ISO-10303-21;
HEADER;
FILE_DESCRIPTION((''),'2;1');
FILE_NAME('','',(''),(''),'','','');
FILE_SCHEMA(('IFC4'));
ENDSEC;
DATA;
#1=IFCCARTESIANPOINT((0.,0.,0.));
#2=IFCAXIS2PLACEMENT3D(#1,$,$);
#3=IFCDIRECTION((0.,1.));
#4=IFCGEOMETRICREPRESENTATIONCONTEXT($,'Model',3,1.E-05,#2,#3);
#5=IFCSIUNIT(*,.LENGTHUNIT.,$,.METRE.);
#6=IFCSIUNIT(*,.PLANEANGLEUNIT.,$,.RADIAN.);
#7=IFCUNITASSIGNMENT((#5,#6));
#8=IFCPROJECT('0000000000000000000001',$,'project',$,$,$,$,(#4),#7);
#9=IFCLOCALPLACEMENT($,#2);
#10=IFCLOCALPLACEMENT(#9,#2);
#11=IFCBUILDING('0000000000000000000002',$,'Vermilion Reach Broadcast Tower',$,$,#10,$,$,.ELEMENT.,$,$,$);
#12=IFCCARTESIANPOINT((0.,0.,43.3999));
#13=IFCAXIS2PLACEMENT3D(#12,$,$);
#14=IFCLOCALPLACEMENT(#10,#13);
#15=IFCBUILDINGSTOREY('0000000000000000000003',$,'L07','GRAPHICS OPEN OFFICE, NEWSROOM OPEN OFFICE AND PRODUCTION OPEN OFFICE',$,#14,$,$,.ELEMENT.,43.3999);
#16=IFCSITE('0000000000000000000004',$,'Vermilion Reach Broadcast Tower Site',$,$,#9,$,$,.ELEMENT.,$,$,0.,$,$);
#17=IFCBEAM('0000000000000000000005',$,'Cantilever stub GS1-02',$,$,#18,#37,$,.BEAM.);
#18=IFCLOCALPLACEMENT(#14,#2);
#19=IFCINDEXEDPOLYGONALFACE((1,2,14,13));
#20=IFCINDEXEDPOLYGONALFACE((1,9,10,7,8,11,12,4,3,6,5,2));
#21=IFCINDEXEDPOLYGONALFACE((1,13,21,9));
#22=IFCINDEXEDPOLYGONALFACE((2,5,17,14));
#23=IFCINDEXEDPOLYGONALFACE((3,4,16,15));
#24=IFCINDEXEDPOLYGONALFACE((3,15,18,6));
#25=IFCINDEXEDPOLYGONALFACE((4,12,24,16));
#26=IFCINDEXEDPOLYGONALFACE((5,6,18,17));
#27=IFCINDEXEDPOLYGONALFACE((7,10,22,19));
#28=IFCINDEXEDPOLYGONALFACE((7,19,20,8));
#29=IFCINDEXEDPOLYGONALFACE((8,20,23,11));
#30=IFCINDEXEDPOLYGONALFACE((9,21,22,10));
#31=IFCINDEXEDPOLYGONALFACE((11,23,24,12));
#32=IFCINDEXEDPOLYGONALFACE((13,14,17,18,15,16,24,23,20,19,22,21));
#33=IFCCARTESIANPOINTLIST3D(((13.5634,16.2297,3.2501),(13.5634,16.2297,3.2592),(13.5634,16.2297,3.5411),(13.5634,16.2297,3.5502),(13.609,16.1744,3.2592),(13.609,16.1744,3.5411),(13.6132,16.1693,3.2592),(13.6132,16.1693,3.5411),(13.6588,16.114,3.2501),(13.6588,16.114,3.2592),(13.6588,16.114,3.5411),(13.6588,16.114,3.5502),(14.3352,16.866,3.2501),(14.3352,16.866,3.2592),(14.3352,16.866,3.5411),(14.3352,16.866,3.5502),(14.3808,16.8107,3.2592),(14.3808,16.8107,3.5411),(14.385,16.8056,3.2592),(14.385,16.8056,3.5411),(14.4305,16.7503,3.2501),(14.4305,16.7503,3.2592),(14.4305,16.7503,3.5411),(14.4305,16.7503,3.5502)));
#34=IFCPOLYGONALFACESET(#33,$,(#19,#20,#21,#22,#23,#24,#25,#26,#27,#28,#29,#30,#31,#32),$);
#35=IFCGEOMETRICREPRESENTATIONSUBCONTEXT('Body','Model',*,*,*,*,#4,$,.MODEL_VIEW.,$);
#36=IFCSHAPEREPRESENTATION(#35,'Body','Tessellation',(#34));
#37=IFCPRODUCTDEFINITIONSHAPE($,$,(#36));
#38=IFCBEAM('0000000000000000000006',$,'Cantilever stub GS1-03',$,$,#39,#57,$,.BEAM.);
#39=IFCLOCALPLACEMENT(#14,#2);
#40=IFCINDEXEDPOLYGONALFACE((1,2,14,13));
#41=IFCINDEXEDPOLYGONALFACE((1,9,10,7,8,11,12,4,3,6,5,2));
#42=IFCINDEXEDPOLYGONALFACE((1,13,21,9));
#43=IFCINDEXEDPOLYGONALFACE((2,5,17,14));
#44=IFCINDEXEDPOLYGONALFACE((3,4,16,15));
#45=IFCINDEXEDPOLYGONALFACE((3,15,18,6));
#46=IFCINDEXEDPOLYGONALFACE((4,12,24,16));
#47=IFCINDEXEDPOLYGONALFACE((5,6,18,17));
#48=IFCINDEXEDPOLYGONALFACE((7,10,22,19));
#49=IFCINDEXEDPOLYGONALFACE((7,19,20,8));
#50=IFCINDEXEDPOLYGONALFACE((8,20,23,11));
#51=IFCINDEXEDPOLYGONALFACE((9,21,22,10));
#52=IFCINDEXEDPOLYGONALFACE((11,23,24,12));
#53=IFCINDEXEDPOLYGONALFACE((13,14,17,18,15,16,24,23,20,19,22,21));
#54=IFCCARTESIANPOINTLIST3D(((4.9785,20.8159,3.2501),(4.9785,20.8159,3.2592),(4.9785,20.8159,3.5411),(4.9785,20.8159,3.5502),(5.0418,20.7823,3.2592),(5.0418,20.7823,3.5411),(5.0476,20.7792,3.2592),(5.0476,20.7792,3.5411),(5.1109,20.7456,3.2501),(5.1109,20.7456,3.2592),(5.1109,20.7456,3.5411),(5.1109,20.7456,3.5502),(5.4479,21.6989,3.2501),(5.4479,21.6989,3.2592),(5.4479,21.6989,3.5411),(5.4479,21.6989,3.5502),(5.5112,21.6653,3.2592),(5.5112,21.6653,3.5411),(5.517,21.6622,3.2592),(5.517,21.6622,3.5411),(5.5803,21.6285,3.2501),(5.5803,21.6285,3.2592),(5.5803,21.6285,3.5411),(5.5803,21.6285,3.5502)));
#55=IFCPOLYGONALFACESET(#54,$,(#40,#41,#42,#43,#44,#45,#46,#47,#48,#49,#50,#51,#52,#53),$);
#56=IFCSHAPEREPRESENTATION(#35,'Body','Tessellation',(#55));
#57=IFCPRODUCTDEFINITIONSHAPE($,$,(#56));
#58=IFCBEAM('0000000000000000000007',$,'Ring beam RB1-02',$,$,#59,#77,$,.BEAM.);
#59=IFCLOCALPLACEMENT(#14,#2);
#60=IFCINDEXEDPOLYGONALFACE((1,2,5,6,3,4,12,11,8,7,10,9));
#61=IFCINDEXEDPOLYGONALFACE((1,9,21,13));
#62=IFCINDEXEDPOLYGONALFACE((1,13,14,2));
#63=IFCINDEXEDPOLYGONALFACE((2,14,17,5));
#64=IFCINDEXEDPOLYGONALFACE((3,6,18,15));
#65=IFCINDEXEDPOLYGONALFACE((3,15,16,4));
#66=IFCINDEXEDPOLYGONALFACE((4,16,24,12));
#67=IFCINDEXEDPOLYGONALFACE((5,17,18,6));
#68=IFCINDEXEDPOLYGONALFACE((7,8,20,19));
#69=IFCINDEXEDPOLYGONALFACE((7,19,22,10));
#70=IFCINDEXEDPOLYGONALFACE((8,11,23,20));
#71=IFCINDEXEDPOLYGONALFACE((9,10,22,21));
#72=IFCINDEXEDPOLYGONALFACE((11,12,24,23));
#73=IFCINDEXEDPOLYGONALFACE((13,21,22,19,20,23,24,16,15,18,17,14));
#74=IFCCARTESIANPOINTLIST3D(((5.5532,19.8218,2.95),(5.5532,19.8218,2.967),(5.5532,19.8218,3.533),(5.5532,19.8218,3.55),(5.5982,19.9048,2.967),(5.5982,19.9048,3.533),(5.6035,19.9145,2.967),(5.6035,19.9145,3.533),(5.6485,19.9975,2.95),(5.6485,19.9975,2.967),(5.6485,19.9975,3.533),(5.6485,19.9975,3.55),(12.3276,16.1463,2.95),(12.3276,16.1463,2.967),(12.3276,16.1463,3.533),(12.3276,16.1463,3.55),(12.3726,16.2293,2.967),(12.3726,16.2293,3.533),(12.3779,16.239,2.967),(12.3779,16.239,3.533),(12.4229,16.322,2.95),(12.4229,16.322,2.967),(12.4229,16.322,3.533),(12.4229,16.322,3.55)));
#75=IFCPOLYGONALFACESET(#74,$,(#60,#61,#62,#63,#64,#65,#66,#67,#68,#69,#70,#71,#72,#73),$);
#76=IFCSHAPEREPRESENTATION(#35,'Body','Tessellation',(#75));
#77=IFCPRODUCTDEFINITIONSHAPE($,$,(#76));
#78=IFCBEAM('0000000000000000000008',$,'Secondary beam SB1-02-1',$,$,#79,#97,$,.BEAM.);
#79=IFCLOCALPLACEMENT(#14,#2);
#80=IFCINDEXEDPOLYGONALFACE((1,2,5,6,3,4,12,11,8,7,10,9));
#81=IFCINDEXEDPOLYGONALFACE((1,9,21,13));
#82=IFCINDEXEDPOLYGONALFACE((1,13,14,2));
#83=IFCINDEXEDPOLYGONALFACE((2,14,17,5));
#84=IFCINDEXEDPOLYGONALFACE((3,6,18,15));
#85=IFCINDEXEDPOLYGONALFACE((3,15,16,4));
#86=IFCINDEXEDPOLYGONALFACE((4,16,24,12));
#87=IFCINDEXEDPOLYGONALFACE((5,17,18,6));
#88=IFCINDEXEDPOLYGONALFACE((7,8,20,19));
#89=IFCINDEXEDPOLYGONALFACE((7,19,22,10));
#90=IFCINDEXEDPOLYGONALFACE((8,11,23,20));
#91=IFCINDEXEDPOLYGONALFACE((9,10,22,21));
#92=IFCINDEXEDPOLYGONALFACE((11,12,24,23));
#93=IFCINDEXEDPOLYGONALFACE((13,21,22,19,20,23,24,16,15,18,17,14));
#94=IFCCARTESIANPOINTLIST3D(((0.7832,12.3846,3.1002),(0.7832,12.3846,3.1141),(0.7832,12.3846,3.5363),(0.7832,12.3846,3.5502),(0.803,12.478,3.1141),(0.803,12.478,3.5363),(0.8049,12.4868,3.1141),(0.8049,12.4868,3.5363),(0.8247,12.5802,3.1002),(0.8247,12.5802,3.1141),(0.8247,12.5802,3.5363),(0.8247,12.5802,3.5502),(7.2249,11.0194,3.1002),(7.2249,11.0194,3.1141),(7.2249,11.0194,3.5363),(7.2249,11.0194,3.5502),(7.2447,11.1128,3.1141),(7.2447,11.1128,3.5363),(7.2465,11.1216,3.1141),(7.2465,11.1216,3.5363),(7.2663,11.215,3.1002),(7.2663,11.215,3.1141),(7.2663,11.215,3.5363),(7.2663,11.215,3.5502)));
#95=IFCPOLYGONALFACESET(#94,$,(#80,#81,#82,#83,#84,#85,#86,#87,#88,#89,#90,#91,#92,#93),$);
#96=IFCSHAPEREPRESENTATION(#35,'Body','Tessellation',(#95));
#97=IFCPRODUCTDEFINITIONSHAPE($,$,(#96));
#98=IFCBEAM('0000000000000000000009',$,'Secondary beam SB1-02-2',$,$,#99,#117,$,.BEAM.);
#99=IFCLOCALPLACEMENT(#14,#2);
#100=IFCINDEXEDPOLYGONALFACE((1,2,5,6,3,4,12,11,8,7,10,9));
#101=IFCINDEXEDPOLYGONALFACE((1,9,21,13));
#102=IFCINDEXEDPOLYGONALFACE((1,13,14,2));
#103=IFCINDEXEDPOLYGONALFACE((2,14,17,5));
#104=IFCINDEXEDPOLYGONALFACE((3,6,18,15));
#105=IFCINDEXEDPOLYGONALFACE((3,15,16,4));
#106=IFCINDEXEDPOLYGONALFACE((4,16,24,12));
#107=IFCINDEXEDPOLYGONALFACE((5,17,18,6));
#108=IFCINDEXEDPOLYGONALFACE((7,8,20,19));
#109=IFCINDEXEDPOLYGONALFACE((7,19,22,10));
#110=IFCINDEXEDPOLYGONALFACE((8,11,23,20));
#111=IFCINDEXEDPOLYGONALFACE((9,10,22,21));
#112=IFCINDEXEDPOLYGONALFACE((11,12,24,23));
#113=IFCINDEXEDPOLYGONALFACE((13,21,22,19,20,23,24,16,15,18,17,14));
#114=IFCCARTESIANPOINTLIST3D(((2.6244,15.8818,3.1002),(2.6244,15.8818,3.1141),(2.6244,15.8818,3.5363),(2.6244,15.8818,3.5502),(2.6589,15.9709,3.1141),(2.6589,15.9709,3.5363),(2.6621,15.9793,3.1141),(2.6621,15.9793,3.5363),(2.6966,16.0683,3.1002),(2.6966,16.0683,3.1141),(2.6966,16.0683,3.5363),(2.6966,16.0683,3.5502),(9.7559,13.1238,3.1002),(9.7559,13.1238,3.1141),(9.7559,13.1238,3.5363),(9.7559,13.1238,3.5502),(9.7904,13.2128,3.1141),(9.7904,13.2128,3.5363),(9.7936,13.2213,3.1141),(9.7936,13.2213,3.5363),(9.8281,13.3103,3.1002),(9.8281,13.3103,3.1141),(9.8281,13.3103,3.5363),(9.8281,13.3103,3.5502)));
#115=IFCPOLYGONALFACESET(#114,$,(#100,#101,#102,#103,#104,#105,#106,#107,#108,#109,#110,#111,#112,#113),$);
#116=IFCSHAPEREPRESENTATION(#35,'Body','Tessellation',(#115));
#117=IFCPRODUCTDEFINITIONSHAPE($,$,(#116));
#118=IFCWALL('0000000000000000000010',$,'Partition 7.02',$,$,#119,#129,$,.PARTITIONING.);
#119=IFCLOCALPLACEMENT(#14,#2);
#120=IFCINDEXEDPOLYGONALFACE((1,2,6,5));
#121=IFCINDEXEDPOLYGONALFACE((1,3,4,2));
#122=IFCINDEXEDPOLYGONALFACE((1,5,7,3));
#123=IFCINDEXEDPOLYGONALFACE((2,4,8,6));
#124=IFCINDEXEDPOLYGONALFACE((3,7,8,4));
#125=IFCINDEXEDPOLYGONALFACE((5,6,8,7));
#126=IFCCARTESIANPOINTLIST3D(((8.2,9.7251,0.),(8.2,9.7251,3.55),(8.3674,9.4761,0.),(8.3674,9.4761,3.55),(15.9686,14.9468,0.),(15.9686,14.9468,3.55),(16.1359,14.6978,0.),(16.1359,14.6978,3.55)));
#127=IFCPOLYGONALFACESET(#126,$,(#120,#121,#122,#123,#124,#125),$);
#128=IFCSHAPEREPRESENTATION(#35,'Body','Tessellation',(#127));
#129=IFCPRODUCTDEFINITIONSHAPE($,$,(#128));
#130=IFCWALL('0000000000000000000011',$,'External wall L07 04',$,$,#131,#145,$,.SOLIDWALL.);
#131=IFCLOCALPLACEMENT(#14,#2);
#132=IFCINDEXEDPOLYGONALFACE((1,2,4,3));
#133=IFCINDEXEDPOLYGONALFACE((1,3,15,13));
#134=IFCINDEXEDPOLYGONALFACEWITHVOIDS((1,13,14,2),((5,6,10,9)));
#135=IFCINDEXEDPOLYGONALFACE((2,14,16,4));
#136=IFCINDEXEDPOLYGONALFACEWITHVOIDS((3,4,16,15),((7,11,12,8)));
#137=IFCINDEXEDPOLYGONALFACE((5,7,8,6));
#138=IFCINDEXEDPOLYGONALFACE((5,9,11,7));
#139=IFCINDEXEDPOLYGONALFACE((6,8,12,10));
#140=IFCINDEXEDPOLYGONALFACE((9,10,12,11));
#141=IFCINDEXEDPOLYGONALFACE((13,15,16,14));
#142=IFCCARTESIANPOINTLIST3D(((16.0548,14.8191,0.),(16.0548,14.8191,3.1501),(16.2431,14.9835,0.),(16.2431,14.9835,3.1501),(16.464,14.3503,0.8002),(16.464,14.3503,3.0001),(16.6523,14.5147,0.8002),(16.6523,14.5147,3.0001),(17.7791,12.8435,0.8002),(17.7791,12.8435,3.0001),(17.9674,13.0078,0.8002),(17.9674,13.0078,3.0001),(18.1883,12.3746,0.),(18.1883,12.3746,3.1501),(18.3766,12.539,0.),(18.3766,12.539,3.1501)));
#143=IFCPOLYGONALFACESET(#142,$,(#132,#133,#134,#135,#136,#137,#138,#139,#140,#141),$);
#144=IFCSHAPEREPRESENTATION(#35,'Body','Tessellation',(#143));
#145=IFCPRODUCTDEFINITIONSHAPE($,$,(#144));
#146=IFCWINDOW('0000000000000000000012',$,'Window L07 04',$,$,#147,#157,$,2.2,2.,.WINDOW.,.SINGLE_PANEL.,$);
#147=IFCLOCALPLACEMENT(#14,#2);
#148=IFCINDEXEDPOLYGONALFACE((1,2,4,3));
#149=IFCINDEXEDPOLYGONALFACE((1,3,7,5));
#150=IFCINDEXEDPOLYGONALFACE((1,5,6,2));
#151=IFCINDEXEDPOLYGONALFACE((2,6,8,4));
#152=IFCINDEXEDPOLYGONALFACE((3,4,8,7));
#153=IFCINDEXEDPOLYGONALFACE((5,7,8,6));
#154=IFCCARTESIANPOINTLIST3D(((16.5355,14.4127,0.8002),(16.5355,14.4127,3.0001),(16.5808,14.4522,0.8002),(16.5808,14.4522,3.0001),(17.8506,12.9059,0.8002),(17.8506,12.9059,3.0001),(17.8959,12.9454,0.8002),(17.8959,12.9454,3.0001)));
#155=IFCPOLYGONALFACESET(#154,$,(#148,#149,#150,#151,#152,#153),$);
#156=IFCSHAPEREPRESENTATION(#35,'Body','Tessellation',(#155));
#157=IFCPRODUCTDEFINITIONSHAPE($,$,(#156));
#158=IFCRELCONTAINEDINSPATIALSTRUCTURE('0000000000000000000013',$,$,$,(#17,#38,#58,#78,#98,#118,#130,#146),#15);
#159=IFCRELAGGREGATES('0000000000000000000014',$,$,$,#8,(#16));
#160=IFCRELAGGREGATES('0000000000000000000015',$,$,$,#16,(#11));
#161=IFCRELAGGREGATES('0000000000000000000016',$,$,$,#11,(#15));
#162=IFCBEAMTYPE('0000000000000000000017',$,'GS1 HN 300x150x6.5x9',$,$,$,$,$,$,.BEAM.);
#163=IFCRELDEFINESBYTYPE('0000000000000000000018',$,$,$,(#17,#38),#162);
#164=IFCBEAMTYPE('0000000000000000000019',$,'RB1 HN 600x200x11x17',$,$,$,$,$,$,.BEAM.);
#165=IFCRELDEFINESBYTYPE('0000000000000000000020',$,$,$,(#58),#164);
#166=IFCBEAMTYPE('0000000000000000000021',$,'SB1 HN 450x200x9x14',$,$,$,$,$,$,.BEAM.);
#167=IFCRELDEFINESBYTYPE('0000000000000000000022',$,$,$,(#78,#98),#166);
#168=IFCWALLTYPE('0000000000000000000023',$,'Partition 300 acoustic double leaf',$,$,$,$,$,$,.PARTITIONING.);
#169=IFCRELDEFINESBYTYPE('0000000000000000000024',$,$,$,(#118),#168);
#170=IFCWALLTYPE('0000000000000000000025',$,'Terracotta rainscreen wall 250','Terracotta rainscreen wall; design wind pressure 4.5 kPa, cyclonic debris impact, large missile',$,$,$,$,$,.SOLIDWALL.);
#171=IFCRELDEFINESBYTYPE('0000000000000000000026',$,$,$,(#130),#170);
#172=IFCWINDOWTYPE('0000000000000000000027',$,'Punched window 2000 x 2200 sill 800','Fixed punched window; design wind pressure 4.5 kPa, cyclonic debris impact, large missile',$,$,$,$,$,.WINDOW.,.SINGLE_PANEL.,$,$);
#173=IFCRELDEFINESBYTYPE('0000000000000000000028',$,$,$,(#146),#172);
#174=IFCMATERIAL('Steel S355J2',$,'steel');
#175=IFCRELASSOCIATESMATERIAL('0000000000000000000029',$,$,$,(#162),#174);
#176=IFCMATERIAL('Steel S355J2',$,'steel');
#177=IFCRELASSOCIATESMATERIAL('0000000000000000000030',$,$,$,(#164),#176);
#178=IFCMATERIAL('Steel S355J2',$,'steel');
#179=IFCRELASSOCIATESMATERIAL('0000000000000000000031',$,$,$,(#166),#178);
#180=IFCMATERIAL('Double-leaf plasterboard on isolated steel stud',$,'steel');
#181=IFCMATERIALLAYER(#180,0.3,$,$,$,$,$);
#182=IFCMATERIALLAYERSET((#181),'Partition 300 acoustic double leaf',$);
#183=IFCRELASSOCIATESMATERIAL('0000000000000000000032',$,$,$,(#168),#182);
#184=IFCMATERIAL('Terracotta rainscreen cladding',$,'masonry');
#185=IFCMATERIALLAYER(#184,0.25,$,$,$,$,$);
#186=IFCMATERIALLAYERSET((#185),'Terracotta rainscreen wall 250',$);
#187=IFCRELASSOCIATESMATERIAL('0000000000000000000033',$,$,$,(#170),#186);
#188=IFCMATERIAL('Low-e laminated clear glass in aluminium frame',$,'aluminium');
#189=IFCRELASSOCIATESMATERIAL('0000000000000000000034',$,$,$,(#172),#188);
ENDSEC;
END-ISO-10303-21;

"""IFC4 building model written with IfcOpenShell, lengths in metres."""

from ifc_helpers import new_model, si_unit, direction, frame, frame_2d, origin, origin_2d, place, context, subcontext, project, spatial, rectangle, i_section, extrude, material, layer, layer_set, material_profile, profile_set, type_object, element, fill, save


model = new_model("IFC4")

# Units and contexts
model_context = context("Model", 3, precision=1e-05, world=origin(), true_north=direction((0.0, 1.0)))
body_context = subcontext(model_context, "Body", "Model", "MODEL_VIEW")
ifc_project = project(units=[si_unit("LENGTHUNIT", "METRE"), si_unit("PLANEANGLEUNIT", "RADIAN")], contexts=[model_context])

# Site, building, storey
site_placement = place(None, origin())
site = spatial("IfcSite", under=ifc_project, at=site_placement, Name="Vermilion Reach Broadcast Tower Site", CompositionType="ELEMENT", RefElevation=0.0)
building_placement = place(site_placement, origin())
building = spatial("IfcBuilding", under=site, at=building_placement, Name="Vermilion Reach Broadcast Tower", CompositionType="ELEMENT")
storey_placement = place(building_placement, frame((0.0, 0.0, 43.3999)))
storey = spatial("IfcBuildingStorey", under=building, at=storey_placement, Name="L07", Description="GRAPHICS OPEN OFFICE, NEWSROOM OPEN OFFICE AND PRODUCTION OPEN OFFICE", CompositionType="ELEMENT", Elevation=43.3999)

# Beams
ifc_material_1 = material(Name="Steel S355J2", Category="steel")
ifc_material_profile_1 = material_profile(ifc_material_1, i_section(OverallWidth=0.1499, OverallDepth=0.3, WebThickness=0.0066, FlangeThickness=0.009, at=origin_2d()), Name="S355J2 HN 300x150x6.5x9")
ifc_profile_set_1 = profile_set([ifc_material_profile_1], Name="Steel S355J2")
beam_type_1 = type_object("IfcBeamType", Name="GS1 HN 300x150x6.5x9", PredefinedType="BEAM", material=ifc_profile_set_1)
beam_1_placement = place(storey_placement, frame((13.6111, 16.1719, 3.4001), z_axis=(0.771592, 0.636118, 0.0), x_axis=(-0.636118, 0.771592, 0.0)))
element("IfcBeam", 1, at=beam_1_placement, inside=storey, type_object=beam_type_1, Name="Cantilever stub GS1-02", PredefinedType="BEAM", context=body_context, shape_type="SweptSolid", body=[
    extrude(i_section(OverallWidth=0.1499, OverallDepth=0.3, WebThickness=0.0066, FlangeThickness=0.009, at=origin_2d()), origin(), (0.0, 0.0, 1.0), 1.0002),
])
beam_2_placement = place(storey_placement, frame((5.0447, 20.7808, 3.4001), z_axis=(0.469435, 0.882967, 0.0), x_axis=(-0.882967, 0.469435, 0.0)))
element("IfcBeam", 2, at=beam_2_placement, inside=storey, type_object=beam_type_1, Name="Cantilever stub GS1-03", PredefinedType="BEAM", context=body_context, shape_type="SweptSolid", body=[
    extrude(i_section(OverallWidth=0.1499, OverallDepth=0.3, WebThickness=0.0066, FlangeThickness=0.009, at=origin_2d()), origin(), (0.0, 0.0, 1.0), 1.0),
])
ifc_material_2 = material(Name="Steel S355J2", Category="steel")
ifc_material_profile_2 = material_profile(ifc_material_2, i_section(OverallWidth=0.2, OverallDepth=0.6001, WebThickness=0.011, FlangeThickness=0.0171, at=origin_2d()), Name="S355J2 HN 600x200x11x17")
ifc_profile_set_2 = profile_set([ifc_material_profile_2], Name="Steel S355J2")
beam_type_2 = type_object("IfcBeamType", Name="RB1 HN 600x200x11x17", PredefinedType="BEAM", material=ifc_profile_set_2)
beam_3_placement = place(storey_placement, frame((12.3752, 16.2341, 3.25), z_axis=(-0.878962, 0.476891, 0.0), x_axis=(-0.476891, -0.878962, 0.0)))
element("IfcBeam", 3, at=beam_3_placement, inside=storey, type_object=beam_type_2, Name="Ring beam RB1-02", PredefinedType="BEAM", context=body_context, shape_type="SweptSolid", body=[
    extrude(i_section(OverallWidth=0.2, OverallDepth=0.6001, WebThickness=0.011, FlangeThickness=0.0171, at=origin_2d()), origin(), (0.0, 0.0, 1.0), 7.7073),
])
ifc_material_3 = material(Name="Steel S355J2", Category="steel")
ifc_material_profile_3 = material_profile(ifc_material_3, i_section(OverallWidth=0.2, OverallDepth=0.45, WebThickness=0.009, FlangeThickness=0.0139, at=origin_2d()), Name="S355J2 HN 450x200x9x14")
ifc_profile_set_3 = profile_set([ifc_material_profile_3], Name="Steel S355J2")
beam_type_3 = type_object("IfcBeamType", Name="SB1 HN 450x200x9x14", PredefinedType="BEAM", material=ifc_profile_set_3)
beam_4_placement = place(storey_placement, frame((7.2456, 11.1172, 3.3252), z_axis=(-0.97827, 0.207333, 0.0), x_axis=(-0.207333, -0.97827, 0.0)))
element("IfcBeam", 4, at=beam_4_placement, inside=storey, type_object=beam_type_3, Name="Secondary beam SB1-02-1", PredefinedType="BEAM", context=body_context, shape_type="SweptSolid", body=[
    extrude(i_section(OverallWidth=0.2, OverallDepth=0.45, WebThickness=0.009, FlangeThickness=0.0139, at=origin_2d()), origin(), (0.0, 0.0, 1.0), 6.5847),
])
beam_5_placement = place(storey_placement, frame((9.792, 13.217, 3.3252), z_axis=(-0.932681, 0.360703, 0.0), x_axis=(-0.360703, -0.932681, 0.0)))
element("IfcBeam", 5, at=beam_5_placement, inside=storey, type_object=beam_type_3, Name="Secondary beam SB1-02-2", PredefinedType="BEAM", context=body_context, shape_type="SweptSolid", body=[
    extrude(i_section(OverallWidth=0.2, OverallDepth=0.45, WebThickness=0.009, FlangeThickness=0.0139, at=origin_2d()), origin(), (0.0, 0.0, 1.0), 7.6462),
])

# Wall
ifc_material_4 = material(Name="Double-leaf plasterboard on isolated steel stud", Category="steel")
ifc_layer_1 = layer(ifc_material_4, 0.3)
ifc_layer_set_1 = layer_set([ifc_layer_1], Name="Partition 300 acoustic double leaf")
wall_type_1 = type_object("IfcWallType", Name="Partition 300 acoustic double leaf", PredefinedType="PARTITIONING", material=ifc_layer_set_1)
wall_1_placement = place(storey_placement, frame((16.0522, 14.8223, 0.0), z_axis=(0.0, 0.0, 1.0), x_axis=(-0.829942, -0.55785, 0.0)))
element("IfcWall", 6, at=wall_1_placement, inside=storey, type_object=wall_type_1, Name="Partition 7.02", PredefinedType="PARTITIONING", context=body_context, shape_type="SweptSolid", body=[
    extrude(rectangle(XDim=9.3604, YDim=0.3, at=frame_2d((4.6802, 0.0))), origin(), (0.0, 0.0, 1.0), 3.55),
])

# Shared definitions
ifc_material_5 = material(Name="Terracotta rainscreen cladding", Category="masonry")
ifc_layer_2 = layer(ifc_material_5, 0.25)
ifc_layer_set_2 = layer_set([ifc_layer_2], Name="Terracotta rainscreen wall 250")
wall_type_2 = type_object("IfcWallType", Name="Terracotta rainscreen wall 250", Description="Terracotta rainscreen wall; design wind pressure 4.5 kPa, cyclonic debris impact, large missile", PredefinedType="SOLIDWALL", material=ifc_layer_set_2)

# Wall, opening, window
wall_2_placement = place(storey_placement, frame((18.2825, 12.4568, 0.0), z_axis=(0.0, 0.0, 1.0), x_axis=(-0.657551, 0.75341, 0.0)))
wall_2 = element("IfcWall", 7, at=wall_2_placement, inside=storey, type_object=wall_type_2, Name="External wall L07 04", PredefinedType="SOLIDWALL", context=body_context, shape_type="SweptSolid", body=[
    extrude(rectangle(XDim=3.2446, YDim=0.25, at=frame_2d((1.6223, 0.0))), origin(), (0.0, 0.0, 1.0), 3.1501),
])
opening_1_placement = place(wall_2_placement, frame((0.6223, 0.0, 0.8)))
opening_1 = element("IfcOpeningElement", 8, at=opening_1_placement, cuts=wall_2, PredefinedType="OPENING", context=body_context, shape_type="SweptSolid", body=[
    extrude(rectangle(XDim=2.0, YDim=2.2, at=frame_2d((1.0, 1.1001))), frame((0.0, 0.135, 0.0), z_axis=(0.0, -1.0, 0.0), x_axis=(1.0, 0.0, 0.0)), (0.0, 0.0, 1.0), 0.27),
])
ifc_material_6 = material(Name="Low-e laminated clear glass in aluminium frame", Category="aluminium")
window_type_1 = type_object("IfcWindowType", Name="Punched window 2000 x 2200 sill 800", Description="Fixed punched window; design wind pressure 4.5 kPa, cyclonic debris impact, large missile", PartitioningType="SINGLE_PANEL", PredefinedType="WINDOW", material=ifc_material_6)
window_1_placement = place(opening_1_placement, origin())
window_1 = element("IfcWindow", 9, at=window_1_placement, inside=storey, type_object=window_type_1, Name="Window L07 04", OverallHeight=2.2, OverallWidth=2.0, PartitioningType="SINGLE_PANEL", PredefinedType="WINDOW", context=body_context, shape_type="SweptSolid", body=[
    extrude(rectangle(XDim=2.0, YDim=2.2, at=frame_2d((1.0, 1.1001))), frame((0.0, 0.03, 0.0), z_axis=(0.0, -1.0, 0.0), x_axis=(1.0, 0.0, 0.0)), (0.0, 0.0, 1.0), 0.0601),
])
fill(opening_1, window_1)

save(model, "model.ifc")
